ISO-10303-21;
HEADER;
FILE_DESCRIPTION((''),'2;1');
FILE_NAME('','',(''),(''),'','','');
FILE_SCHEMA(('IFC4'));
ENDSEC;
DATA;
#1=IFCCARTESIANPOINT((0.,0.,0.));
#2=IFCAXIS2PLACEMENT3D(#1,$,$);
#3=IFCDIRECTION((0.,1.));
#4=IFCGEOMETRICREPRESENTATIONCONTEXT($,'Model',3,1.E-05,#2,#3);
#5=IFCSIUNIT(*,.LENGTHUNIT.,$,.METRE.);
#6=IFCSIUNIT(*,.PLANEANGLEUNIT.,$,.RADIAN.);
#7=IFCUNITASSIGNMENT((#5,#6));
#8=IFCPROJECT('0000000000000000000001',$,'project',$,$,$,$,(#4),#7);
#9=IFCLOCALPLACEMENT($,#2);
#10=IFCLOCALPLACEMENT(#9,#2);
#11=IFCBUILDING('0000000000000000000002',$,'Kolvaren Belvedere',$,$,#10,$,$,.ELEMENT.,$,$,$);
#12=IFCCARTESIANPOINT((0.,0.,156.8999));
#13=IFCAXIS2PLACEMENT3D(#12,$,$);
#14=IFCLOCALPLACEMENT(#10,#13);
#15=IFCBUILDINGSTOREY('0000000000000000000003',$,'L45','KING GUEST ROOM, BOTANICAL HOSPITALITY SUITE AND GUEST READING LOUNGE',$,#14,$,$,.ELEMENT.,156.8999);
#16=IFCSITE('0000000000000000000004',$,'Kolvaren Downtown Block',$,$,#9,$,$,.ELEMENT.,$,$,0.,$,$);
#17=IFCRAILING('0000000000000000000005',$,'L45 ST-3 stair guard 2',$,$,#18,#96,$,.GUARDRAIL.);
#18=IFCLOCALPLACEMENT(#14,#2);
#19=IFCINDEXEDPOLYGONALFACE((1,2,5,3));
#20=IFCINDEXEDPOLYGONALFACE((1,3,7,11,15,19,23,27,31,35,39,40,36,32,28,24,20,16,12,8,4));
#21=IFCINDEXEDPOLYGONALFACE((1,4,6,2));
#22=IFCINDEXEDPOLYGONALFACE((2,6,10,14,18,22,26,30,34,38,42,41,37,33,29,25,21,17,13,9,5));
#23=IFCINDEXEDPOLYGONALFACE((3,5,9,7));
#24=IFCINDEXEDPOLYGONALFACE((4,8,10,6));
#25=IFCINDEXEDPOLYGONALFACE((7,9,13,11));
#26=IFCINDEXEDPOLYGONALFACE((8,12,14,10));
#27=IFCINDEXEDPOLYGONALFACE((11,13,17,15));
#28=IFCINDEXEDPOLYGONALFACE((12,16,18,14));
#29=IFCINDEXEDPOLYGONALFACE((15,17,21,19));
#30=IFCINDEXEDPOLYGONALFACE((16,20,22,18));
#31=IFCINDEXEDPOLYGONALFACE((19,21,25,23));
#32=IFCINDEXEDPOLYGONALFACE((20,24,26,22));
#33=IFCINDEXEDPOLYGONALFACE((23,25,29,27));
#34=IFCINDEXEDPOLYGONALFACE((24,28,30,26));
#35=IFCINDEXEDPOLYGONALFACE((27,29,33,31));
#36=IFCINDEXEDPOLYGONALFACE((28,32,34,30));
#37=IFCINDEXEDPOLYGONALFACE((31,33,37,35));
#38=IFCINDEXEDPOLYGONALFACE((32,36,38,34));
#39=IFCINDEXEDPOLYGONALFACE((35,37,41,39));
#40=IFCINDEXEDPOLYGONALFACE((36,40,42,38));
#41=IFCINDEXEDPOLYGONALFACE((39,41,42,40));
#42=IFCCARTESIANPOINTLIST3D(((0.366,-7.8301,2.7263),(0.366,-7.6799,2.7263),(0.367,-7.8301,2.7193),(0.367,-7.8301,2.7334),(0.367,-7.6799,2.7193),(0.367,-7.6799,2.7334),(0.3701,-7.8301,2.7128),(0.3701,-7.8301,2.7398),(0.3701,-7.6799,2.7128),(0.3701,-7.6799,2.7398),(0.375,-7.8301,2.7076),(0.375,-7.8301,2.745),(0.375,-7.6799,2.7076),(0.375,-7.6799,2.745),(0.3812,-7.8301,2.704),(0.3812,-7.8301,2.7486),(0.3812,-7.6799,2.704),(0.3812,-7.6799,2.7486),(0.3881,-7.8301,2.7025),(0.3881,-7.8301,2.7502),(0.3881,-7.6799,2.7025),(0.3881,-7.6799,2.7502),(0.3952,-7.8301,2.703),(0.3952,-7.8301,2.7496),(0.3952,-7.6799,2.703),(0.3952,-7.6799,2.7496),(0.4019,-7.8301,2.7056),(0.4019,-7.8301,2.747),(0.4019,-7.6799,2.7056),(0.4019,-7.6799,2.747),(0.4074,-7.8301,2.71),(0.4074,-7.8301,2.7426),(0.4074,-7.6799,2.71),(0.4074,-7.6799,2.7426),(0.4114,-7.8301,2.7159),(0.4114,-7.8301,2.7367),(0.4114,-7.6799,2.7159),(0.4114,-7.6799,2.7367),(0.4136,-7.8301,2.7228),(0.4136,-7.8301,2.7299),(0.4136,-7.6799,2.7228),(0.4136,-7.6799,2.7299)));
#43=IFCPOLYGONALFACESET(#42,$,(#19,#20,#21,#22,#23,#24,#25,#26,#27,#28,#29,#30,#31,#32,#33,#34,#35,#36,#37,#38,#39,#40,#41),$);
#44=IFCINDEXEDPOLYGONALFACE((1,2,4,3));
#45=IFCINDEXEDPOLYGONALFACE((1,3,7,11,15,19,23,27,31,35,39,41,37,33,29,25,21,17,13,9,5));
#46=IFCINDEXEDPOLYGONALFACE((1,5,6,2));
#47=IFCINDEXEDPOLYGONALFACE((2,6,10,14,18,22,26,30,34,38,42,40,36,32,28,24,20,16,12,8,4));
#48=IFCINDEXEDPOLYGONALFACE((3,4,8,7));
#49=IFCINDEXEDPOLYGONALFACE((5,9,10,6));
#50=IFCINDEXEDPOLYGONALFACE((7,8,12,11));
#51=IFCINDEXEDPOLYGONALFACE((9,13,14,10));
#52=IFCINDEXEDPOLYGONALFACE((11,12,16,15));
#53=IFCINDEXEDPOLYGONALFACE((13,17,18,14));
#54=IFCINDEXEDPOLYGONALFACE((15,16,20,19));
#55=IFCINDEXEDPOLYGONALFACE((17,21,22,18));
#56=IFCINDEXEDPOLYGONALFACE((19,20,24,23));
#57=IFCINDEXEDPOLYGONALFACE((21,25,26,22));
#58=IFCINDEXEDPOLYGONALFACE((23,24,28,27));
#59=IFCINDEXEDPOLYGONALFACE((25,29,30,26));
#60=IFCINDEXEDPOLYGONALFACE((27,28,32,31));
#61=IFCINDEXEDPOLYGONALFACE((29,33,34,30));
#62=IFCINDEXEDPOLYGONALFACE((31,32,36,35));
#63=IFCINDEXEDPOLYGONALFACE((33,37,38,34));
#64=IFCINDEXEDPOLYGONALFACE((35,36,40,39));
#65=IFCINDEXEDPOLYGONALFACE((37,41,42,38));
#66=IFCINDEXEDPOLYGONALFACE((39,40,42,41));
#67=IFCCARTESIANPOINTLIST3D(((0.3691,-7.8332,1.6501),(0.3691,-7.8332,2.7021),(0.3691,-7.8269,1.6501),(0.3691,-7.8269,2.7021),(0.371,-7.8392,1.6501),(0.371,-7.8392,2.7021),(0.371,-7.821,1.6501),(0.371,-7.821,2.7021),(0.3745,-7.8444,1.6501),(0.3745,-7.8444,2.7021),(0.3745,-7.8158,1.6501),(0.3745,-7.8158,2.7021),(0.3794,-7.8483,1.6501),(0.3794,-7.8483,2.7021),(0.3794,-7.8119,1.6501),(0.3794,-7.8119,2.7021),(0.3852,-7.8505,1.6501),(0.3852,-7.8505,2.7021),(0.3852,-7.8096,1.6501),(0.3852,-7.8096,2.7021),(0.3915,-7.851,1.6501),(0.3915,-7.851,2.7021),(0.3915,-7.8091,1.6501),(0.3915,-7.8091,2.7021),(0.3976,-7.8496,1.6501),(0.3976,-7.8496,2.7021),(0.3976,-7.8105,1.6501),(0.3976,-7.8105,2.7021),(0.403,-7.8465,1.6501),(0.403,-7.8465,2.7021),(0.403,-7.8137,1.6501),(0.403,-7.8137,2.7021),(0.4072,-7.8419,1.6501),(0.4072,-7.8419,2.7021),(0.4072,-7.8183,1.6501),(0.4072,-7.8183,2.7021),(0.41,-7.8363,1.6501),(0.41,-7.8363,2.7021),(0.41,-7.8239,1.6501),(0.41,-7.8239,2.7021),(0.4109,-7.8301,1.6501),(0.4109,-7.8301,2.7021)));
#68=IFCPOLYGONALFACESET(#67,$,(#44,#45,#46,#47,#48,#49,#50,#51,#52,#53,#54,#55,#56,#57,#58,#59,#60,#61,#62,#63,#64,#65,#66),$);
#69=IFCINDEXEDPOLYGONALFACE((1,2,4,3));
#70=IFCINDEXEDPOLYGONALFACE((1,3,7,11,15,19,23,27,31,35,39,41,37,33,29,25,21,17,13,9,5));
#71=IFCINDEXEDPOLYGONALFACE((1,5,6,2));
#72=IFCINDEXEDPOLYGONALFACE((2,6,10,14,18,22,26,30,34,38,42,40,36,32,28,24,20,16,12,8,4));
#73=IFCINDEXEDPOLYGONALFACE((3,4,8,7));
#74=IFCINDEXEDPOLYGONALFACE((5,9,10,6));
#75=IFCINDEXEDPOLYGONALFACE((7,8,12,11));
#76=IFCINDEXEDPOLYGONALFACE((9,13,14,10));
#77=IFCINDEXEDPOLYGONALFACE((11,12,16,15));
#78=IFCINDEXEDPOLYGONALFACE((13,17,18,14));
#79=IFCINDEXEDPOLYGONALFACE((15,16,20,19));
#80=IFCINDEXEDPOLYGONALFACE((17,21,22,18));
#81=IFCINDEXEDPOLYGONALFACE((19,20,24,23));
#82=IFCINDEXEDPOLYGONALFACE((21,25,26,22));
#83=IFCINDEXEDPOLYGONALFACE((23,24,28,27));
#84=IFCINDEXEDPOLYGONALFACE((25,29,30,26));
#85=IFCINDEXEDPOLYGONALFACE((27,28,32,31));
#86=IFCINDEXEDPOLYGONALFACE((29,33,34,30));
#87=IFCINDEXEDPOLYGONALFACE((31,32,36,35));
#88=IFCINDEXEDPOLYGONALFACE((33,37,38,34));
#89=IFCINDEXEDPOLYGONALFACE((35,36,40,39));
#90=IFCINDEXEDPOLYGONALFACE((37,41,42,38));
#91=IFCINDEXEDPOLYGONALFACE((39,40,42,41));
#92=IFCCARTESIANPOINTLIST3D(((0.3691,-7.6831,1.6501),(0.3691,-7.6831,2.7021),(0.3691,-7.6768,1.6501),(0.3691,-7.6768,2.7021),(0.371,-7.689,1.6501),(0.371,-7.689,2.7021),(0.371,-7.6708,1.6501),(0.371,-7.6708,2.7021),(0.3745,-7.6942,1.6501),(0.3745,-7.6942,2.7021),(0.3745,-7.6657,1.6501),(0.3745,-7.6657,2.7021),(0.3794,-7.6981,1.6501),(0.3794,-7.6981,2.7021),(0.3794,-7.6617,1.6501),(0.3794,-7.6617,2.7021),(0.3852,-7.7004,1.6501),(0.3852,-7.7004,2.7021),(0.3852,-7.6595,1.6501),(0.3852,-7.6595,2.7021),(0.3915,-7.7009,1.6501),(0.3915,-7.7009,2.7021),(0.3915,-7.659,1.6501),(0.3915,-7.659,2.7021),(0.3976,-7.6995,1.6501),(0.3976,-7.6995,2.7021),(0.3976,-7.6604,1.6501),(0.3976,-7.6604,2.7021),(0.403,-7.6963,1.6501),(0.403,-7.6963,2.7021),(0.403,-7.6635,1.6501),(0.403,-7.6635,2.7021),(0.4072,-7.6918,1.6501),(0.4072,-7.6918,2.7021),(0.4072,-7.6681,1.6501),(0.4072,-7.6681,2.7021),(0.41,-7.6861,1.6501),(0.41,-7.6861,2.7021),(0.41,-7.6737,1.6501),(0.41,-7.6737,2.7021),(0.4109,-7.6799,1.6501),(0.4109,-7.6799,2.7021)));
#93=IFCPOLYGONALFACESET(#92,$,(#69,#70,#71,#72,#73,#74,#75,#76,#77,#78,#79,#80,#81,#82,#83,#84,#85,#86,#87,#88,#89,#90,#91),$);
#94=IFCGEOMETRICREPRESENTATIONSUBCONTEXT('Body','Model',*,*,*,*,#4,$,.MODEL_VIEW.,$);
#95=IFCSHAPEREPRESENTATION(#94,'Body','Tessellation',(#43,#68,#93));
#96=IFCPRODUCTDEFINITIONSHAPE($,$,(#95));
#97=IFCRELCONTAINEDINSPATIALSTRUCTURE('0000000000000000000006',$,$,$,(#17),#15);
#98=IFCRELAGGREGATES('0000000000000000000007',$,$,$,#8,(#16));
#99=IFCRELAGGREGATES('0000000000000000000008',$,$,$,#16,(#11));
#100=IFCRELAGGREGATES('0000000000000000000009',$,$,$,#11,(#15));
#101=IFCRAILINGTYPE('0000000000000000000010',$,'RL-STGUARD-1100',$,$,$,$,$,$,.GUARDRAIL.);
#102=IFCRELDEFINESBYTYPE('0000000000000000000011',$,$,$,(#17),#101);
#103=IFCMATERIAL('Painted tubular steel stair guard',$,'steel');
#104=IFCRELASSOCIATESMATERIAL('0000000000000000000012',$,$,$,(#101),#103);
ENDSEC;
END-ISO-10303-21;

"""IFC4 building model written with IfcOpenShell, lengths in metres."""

from ifc_helpers import new_model, si_unit, direction, frame, origin, origin_2d, place, context, subcontext, project, spatial, circle, extrude, material, type_object, element, save


model = new_model("IFC4")

# Units and contexts
model_context = context("Model", 3, precision=1e-05, world=origin(), true_north=direction((0.0, 1.0)))
body_context = subcontext(model_context, "Body", "Model", "MODEL_VIEW")
ifc_project = project(units=[si_unit("LENGTHUNIT", "METRE"), si_unit("PLANEANGLEUNIT", "RADIAN")], contexts=[model_context])

# Site, building, storey
site_placement = place(None, origin())
site = spatial("IfcSite", under=ifc_project, at=site_placement, Name="Kolvaren Downtown Block", CompositionType="ELEMENT", RefElevation=0.0)
building_placement = place(site_placement, origin())
building = spatial("IfcBuilding", under=site, at=building_placement, Name="Kolvaren Belvedere", CompositionType="ELEMENT")
storey_placement = place(building_placement, frame((0.0, 0.0, 156.8999)))
storey = spatial("IfcBuildingStorey", under=building, at=storey_placement, Name="L45", Description="KING GUEST ROOM, BOTANICAL HOSPITALITY SUITE AND GUEST READING LOUNGE", CompositionType="ELEMENT", Elevation=156.8999)

# Railing
ifc_material_1 = material(Name="Painted tubular steel stair guard", Category="steel")
railing_type_1 = type_object("IfcRailingType", Name="RL-STGUARD-1100", PredefinedType="GUARDRAIL", material=ifc_material_1)
railing_1_placement = place(storey_placement, frame((0.3899, -7.8301, 1.6501)))
element("IfcRailing", 1, at=railing_1_placement, inside=storey, type_object=railing_type_1, Name="L45 ST-3 stair guard 2", PredefinedType="GUARDRAIL", context=body_context, shape_type="SweptSolid", body=[
    extrude(circle(Radius=0.0239, at=origin_2d()), frame((0.0, 0.0, 1.0762), z_axis=(0.0, 1.0, 0.0), x_axis=(-1.0, 0.0, 0.0)), (0.0, 0.0, 1.0), 0.1501),
    extrude(circle(Radius=0.021, at=origin_2d()), origin(), (0.0, 0.0, 1.0), 1.052),
    extrude(circle(Radius=0.021, at=origin_2d()), frame((0.0, 0.1501, 0.0)), (0.0, 0.0, 1.0), 1.052),
])

save(model, "model.ifc")
